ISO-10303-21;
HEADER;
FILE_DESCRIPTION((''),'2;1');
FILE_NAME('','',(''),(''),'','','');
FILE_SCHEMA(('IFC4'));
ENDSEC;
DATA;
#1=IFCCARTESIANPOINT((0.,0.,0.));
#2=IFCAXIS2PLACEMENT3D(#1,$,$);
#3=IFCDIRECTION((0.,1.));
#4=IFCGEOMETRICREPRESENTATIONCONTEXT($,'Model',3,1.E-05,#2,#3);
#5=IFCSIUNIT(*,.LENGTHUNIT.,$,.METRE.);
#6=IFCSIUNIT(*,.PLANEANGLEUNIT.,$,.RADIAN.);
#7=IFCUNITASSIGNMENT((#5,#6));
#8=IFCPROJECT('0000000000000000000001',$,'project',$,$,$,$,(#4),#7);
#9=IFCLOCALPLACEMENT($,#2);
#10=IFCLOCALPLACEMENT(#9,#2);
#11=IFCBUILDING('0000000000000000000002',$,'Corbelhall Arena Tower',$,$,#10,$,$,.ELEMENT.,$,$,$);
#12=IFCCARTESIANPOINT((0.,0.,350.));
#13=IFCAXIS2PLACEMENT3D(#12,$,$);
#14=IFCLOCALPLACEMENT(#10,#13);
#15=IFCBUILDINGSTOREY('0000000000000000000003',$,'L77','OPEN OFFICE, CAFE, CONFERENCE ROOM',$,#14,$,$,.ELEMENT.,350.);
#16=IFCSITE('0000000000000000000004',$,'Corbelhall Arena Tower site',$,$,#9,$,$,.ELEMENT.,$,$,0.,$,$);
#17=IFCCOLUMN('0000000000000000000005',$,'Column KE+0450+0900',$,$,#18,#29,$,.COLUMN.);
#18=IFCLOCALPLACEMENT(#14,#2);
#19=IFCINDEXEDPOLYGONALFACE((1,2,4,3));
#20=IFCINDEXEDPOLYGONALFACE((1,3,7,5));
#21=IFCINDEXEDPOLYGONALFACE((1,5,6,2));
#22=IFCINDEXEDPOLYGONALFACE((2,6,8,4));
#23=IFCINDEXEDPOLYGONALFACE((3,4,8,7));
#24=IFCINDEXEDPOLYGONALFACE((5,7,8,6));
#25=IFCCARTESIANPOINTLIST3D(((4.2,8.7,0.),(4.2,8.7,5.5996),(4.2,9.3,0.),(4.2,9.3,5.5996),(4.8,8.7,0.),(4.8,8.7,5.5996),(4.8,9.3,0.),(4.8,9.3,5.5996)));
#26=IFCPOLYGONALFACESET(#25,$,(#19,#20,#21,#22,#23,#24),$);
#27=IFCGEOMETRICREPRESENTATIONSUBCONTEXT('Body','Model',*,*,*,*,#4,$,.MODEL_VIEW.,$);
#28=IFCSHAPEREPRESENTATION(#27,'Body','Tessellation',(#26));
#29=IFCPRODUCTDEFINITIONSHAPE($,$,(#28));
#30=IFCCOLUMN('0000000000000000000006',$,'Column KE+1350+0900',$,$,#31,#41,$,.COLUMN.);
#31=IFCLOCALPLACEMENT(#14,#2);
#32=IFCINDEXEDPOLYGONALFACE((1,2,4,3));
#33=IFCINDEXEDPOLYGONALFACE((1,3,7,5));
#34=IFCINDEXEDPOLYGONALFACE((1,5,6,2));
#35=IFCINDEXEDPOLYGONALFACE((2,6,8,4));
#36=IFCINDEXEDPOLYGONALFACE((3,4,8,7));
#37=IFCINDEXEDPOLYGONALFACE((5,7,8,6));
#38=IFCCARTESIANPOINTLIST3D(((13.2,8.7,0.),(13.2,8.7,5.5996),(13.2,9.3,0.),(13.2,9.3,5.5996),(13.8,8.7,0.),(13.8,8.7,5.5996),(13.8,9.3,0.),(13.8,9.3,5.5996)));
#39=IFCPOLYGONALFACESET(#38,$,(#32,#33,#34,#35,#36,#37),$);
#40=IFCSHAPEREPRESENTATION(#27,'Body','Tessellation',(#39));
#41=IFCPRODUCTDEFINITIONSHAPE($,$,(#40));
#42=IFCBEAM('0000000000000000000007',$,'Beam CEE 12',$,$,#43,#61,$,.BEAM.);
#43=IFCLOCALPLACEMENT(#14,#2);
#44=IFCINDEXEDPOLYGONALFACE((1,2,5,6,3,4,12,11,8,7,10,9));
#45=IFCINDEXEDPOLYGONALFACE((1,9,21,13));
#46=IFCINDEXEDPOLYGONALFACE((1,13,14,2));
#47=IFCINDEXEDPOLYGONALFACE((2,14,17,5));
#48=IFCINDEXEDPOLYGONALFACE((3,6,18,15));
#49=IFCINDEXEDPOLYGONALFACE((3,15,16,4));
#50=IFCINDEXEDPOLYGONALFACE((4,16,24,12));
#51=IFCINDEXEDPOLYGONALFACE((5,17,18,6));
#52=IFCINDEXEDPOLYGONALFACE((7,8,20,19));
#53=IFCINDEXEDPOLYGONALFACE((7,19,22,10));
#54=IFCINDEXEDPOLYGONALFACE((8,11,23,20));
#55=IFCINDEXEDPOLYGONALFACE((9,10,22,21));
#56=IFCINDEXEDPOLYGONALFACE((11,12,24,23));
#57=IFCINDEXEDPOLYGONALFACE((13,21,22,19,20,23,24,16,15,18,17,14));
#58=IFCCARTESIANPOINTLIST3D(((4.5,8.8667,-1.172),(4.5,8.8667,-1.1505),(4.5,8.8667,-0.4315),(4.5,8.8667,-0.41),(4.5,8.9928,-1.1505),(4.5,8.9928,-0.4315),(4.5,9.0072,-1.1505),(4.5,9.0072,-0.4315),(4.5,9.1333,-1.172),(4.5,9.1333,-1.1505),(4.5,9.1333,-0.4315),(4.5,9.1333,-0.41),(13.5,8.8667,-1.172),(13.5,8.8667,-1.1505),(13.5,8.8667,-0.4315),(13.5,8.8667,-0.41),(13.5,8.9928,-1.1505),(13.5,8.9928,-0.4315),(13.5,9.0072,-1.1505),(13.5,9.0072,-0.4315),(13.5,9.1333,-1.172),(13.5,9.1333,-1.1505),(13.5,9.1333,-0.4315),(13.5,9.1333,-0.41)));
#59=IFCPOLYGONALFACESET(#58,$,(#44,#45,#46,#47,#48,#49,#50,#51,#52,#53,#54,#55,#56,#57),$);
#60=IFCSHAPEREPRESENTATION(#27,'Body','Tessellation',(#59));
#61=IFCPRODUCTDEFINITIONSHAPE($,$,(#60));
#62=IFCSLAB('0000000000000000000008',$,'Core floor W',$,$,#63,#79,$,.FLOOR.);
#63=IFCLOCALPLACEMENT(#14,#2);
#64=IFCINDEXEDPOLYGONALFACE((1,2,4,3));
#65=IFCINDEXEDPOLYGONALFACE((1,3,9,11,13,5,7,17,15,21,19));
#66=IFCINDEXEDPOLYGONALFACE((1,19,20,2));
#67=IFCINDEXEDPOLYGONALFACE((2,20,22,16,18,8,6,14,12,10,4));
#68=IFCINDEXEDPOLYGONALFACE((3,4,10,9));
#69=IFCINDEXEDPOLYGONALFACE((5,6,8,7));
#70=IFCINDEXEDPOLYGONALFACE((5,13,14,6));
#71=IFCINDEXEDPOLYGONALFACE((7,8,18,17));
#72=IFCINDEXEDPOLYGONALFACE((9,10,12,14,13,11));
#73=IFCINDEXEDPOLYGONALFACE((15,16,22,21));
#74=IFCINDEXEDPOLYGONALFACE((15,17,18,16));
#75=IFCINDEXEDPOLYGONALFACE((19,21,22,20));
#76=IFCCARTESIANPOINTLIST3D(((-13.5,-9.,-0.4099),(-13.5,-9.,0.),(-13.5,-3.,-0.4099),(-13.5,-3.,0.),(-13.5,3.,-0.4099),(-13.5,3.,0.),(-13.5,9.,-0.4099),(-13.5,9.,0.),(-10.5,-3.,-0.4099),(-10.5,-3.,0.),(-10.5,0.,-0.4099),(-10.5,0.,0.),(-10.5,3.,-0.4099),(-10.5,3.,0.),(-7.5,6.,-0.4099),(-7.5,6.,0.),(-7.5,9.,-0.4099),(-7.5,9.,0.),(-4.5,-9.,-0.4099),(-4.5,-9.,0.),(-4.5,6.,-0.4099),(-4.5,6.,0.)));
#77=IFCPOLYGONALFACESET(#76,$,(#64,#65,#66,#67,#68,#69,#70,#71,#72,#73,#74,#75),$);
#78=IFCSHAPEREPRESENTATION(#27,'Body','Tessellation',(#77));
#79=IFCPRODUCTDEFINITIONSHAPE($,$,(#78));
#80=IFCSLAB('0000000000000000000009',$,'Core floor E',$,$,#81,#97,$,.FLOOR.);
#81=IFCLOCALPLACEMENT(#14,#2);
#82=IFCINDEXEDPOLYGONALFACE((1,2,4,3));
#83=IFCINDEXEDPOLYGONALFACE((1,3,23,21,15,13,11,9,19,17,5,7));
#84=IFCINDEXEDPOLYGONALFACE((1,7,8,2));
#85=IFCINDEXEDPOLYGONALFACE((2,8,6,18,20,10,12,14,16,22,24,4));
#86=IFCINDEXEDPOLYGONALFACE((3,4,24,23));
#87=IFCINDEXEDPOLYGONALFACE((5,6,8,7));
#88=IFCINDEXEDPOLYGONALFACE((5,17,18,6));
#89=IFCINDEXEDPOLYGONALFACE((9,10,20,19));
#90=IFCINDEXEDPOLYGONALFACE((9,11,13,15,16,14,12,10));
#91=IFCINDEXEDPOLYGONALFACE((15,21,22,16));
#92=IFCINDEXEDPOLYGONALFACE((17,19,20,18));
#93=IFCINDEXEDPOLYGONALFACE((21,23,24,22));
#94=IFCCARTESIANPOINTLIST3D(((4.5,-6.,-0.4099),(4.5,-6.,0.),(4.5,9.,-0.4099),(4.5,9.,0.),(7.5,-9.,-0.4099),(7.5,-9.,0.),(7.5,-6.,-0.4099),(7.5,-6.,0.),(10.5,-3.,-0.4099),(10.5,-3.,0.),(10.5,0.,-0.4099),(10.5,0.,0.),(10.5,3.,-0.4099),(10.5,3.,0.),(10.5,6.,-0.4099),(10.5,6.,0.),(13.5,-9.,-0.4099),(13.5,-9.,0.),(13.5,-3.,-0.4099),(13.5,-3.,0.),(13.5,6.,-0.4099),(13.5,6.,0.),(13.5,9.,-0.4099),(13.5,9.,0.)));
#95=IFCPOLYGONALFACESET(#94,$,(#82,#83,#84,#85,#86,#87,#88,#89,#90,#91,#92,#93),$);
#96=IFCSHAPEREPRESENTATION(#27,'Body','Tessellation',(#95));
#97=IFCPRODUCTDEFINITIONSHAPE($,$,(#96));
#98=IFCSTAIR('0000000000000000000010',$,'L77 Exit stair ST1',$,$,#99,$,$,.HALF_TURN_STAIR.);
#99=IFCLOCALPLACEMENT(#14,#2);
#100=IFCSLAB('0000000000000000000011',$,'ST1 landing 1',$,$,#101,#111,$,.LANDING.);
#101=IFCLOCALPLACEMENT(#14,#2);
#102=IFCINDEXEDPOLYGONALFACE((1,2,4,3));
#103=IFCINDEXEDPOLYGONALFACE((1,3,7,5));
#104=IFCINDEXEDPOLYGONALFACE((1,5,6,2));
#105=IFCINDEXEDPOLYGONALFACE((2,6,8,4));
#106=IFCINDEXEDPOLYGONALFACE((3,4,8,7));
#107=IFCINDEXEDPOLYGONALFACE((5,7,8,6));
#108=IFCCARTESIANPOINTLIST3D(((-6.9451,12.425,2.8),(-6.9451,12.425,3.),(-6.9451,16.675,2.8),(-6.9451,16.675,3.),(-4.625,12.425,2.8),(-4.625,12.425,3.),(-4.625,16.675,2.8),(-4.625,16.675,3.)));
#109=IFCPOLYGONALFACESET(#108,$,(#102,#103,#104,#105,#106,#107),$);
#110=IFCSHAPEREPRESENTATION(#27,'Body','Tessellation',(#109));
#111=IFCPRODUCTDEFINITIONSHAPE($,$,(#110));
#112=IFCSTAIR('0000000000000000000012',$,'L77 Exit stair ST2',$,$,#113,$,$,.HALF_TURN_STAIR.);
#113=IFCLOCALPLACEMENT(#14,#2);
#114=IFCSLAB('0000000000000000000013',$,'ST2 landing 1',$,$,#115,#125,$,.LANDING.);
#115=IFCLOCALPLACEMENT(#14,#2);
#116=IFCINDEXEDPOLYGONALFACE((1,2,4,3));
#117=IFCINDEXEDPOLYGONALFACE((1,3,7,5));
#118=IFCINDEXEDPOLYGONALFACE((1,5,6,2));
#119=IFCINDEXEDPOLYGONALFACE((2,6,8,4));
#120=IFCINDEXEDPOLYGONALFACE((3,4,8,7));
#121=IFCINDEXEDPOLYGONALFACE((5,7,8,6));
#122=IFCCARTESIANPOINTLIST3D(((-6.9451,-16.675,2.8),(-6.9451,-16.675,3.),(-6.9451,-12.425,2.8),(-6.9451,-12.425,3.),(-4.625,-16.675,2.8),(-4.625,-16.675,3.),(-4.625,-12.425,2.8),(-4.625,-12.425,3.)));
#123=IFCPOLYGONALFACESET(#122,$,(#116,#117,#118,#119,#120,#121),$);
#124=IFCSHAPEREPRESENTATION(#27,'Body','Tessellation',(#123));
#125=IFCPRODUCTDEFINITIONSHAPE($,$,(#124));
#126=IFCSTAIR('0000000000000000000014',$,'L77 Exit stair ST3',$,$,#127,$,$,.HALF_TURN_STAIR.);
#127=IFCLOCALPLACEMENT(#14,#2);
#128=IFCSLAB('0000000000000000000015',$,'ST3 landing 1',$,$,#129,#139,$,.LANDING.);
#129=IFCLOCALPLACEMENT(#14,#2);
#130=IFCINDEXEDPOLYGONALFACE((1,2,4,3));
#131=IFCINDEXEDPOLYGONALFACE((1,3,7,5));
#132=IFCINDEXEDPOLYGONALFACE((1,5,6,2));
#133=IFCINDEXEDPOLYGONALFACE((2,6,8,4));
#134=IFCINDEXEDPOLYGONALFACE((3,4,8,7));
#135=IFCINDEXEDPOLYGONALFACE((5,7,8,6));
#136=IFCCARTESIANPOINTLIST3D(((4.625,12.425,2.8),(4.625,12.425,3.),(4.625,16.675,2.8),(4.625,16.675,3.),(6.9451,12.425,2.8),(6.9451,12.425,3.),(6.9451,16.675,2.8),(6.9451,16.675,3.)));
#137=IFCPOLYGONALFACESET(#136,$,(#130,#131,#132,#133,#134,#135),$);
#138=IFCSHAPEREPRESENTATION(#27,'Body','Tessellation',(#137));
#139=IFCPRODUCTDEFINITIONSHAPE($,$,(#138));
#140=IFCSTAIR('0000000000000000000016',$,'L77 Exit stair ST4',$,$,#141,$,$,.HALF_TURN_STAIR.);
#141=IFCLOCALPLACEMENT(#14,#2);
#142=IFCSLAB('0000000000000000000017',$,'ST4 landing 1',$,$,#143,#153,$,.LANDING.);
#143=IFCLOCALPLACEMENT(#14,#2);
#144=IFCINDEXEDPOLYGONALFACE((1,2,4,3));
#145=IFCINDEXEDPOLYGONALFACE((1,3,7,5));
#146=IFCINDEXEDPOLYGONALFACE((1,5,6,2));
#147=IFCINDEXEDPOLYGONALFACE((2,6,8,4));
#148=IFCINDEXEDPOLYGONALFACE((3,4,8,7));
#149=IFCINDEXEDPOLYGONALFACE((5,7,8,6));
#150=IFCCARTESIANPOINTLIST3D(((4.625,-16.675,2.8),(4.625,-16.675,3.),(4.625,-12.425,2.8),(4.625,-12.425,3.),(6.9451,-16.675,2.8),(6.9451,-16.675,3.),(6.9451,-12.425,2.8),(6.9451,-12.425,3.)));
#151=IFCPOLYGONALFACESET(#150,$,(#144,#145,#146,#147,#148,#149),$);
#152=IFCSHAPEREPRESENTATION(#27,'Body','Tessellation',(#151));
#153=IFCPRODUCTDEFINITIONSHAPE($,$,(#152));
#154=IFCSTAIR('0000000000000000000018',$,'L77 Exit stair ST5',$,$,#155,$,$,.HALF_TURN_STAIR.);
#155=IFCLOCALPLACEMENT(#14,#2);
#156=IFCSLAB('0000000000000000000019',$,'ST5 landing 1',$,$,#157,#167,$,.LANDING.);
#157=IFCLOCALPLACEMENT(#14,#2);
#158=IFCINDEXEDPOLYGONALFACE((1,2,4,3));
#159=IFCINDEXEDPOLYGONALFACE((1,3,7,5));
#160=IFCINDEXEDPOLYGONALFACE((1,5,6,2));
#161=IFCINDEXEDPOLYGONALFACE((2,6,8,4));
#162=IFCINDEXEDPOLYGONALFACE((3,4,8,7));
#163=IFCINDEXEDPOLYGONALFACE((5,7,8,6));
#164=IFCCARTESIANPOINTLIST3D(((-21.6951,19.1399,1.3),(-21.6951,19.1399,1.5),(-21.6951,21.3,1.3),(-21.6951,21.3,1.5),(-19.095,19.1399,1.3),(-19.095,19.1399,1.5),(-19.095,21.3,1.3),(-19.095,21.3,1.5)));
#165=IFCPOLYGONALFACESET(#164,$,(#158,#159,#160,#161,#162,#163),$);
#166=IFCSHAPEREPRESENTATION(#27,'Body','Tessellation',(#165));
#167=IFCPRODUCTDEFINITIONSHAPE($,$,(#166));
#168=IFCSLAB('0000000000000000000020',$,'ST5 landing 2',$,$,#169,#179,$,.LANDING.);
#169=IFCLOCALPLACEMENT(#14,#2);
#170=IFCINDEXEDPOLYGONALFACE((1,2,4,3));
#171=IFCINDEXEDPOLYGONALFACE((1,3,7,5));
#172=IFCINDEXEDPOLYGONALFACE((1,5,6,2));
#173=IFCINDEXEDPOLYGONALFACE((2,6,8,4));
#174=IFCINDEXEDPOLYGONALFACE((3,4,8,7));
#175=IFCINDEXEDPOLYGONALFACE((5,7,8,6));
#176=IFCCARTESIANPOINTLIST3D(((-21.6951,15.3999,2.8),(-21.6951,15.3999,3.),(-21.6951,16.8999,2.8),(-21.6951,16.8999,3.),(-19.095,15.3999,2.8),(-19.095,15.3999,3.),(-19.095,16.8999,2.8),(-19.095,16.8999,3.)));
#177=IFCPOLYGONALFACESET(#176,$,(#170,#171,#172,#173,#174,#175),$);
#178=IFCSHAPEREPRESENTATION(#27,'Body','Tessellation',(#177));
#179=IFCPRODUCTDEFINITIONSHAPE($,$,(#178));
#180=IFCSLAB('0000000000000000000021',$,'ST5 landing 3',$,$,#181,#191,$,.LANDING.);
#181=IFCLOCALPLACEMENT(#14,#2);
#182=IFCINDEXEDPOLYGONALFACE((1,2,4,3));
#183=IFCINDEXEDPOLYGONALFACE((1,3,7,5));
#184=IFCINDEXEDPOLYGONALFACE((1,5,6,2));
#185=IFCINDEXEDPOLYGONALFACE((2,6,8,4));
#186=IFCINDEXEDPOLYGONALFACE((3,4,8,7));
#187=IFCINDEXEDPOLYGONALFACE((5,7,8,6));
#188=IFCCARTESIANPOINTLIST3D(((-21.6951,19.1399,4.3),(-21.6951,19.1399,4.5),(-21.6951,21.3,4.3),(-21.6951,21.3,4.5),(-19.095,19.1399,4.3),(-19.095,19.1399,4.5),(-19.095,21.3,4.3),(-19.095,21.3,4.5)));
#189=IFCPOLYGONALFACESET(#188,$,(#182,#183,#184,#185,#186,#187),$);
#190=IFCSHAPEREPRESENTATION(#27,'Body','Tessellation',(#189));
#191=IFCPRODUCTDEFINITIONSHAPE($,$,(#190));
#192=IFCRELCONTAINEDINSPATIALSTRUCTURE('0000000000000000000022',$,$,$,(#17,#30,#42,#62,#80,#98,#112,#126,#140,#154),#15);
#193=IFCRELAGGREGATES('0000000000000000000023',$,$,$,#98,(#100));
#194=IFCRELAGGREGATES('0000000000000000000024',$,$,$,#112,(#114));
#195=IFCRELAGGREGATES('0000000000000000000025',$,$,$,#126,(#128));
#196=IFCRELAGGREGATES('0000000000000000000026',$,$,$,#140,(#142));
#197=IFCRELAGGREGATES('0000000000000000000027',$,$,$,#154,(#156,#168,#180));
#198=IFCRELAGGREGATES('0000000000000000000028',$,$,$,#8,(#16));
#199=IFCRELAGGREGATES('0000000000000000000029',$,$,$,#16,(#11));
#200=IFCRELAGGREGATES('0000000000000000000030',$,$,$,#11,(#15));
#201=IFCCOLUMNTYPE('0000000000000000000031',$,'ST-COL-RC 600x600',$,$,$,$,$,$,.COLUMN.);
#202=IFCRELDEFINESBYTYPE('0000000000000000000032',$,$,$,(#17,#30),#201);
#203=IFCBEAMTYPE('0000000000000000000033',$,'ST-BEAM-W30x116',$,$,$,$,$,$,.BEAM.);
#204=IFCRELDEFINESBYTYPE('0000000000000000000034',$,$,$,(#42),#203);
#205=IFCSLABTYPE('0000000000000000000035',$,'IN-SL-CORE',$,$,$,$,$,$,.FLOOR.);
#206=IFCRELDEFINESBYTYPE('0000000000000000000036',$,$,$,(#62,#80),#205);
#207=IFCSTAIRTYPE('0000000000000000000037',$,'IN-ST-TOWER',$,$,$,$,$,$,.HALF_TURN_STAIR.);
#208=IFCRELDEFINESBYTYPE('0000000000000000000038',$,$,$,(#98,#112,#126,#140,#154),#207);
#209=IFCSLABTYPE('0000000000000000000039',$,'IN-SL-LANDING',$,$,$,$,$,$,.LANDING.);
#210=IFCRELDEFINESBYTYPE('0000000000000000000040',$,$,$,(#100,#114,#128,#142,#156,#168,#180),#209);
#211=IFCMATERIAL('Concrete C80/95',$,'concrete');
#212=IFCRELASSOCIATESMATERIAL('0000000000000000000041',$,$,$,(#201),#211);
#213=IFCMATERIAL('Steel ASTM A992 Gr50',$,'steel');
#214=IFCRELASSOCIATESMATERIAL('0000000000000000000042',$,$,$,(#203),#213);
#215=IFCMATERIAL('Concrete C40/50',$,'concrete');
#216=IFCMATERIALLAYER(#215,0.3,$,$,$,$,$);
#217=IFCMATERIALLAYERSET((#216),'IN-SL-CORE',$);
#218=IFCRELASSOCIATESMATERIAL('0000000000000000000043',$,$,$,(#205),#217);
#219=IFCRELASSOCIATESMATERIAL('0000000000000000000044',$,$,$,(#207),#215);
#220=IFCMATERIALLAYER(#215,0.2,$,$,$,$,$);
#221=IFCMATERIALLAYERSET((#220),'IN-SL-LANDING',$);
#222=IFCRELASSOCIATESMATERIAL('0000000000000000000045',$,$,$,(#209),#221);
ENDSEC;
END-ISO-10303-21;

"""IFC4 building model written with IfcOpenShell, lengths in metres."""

from ifc_helpers import new_model, si_unit, direction, frame, origin, origin_2d, place, context, subcontext, project, spatial, polyline, rectangle, i_section, outline, extrude, material, layer, layer_set, material_profile, profile_set, type_object, element, aggregate, save


model = new_model("IFC4")

# Units and contexts
model_context = context("Model", 3, precision=1e-05, world=origin(), true_north=direction((0.0, 1.0)))
body_context = subcontext(model_context, "Body", "Model", "MODEL_VIEW")
ifc_project = project(units=[si_unit("LENGTHUNIT", "METRE"), si_unit("PLANEANGLEUNIT", "RADIAN")], contexts=[model_context])

# Site, building, storey
site_placement = place(None, origin())
site = spatial("IfcSite", under=ifc_project, at=site_placement, Name="Corbelhall Arena Tower site", CompositionType="ELEMENT", RefElevation=0.0)
building_placement = place(site_placement, origin())
building = spatial("IfcBuilding", under=site, at=building_placement, Name="Corbelhall Arena Tower", CompositionType="ELEMENT")
storey_placement = place(building_placement, frame((0.0, 0.0, 350.0)))
storey = spatial("IfcBuildingStorey", under=building, at=storey_placement, Name="L77", Description="OPEN OFFICE, CAFE, CONFERENCE ROOM", CompositionType="ELEMENT", Elevation=350.0)

# Columns
ifc_material_1 = material(Name="Concrete C80/95", Category="concrete")
ifc_material_profile_1 = material_profile(ifc_material_1, rectangle(XDim=0.6001, YDim=0.6001, at=origin_2d()))
ifc_profile_set_1 = profile_set([ifc_material_profile_1], Name="Concrete C80/95")
column_type = type_object("IfcColumnType", Name="ST-COL-RC 600x600", PredefinedType="COLUMN", material=ifc_profile_set_1)
for number, where, z_axis, x_axis, name in (
    (1, (4.5, 9.0, 0.0), (0.0, 0.0, 1.0), (1.0, 0.0, 0.0), "Column KE+0450+0900"),
    (2, (13.5, 9.0, 0.0), (0.0, 0.0, 1.0), (1.0, 0.0, 0.0), "Column KE+1350+0900"),
):
    element("IfcColumn", number, at=place(storey_placement, frame(where, z_axis=z_axis, x_axis=x_axis)), inside=storey, type_object=column_type, Name=name, PredefinedType="COLUMN", context=body_context, shape_type="SweptSolid", body=[
        extrude(rectangle(XDim=0.6001, YDim=0.6001, at=origin_2d()), origin(), (0.0, 0.0, 1.0), 5.5996),
    ])

# Beam
ifc_material_2 = material(Name="Steel ASTM A992 Gr50", Category="steel")
ifc_material_profile_2 = material_profile(ifc_material_2, i_section(OverallWidth=0.2666, OverallDepth=0.762, WebThickness=0.0144, FlangeThickness=0.0215, at=origin_2d()))
ifc_profile_set_2 = profile_set([ifc_material_profile_2], Name="Steel ASTM A992 Gr50")
beam_type = type_object("IfcBeamType", Name="ST-BEAM-W30x116", PredefinedType="BEAM", material=ifc_profile_set_2)
beam_placement = place(storey_placement, frame((4.5, 9.0, -0.791), z_axis=(1.0, 0.0, 0.0), x_axis=(0.0, 1.0, 0.0)))
element("IfcBeam", 3, at=beam_placement, inside=storey, type_object=beam_type, Name="Beam CEE 12", PredefinedType="BEAM", context=body_context, shape_type="SweptSolid", body=[
    extrude(i_section(OverallWidth=0.2666, OverallDepth=0.762, WebThickness=0.0144, FlangeThickness=0.0215, at=origin_2d()), origin(), (0.0, 0.0, 1.0), 9.0),
])

# Slabs
ifc_material_3 = material(Name="Concrete C40/50", Category="concrete")
ifc_layer_1 = layer(ifc_material_3, 0.3)
ifc_layer_set_1 = layer_set([ifc_layer_1], Name="IN-SL-CORE")
slab_type_1 = type_object("IfcSlabType", Name="IN-SL-CORE", PredefinedType="FLOOR", material=ifc_layer_set_1)
slab_1_placement = place(storey_placement, frame((0.0, 0.0, -0.4099)))
element("IfcSlab", 4, at=slab_1_placement, inside=storey, type_object=slab_type_1, Name="Core floor W", PredefinedType="FLOOR", context=body_context, shape_type="SweptSolid", body=[
    extrude(outline(polyline([(-13.5, -3.0), (-13.5, -9.0), (-4.5, -9.0), (-4.5, 6.0), (-7.5, 6.0), (-7.5, 9.0), (-13.5, 9.0), (-13.5, 3.0), (-10.5, 3.0), (-10.5, 0.0), (-10.5, -3.0), (-13.5, -3.0)])), origin(), (0.0, 0.0, 1.0), 0.4099),
])
slab_2_placement = place(storey_placement, frame((0.0, 0.0, -0.4099)))
element("IfcSlab", 5, at=slab_2_placement, inside=storey, type_object=slab_type_1, Name="Core floor E", PredefinedType="FLOOR", context=body_context, shape_type="SweptSolid", body=[
    extrude(outline(polyline([(10.5, 0.0), (10.5, 3.0), (10.5, 6.0), (13.5, 6.0), (13.5, 9.0), (4.5, 9.0), (4.5, -6.0), (7.5, -6.0), (7.5, -9.0), (13.5, -9.0), (13.5, -3.0), (10.5, -3.0), (10.5, 0.0)])), origin(), (0.0, 0.0, 1.0), 0.4099),
])

# Stairs, slabs
stair_type = type_object("IfcStairType", Name="IN-ST-TOWER", PredefinedType="HALF_TURN_STAIR", material=ifc_material_3)
stair_1_placement = place(storey_placement, origin())
stair_1 = element("IfcStair", 6, at=stair_1_placement, inside=storey, type_object=stair_type, Name="L77 Exit stair ST1", PredefinedType="HALF_TURN_STAIR")
ifc_layer_2 = layer(ifc_material_3, 0.2)
ifc_layer_set_2 = layer_set([ifc_layer_2], Name="IN-SL-LANDING")
slab_type_2 = type_object("IfcSlabType", Name="IN-SL-LANDING", PredefinedType="LANDING", material=ifc_layer_set_2)
slab_3_placement = place(storey_placement, frame((0.0, 0.0, 2.8)))
slab_3 = element("IfcSlab", 7, at=slab_3_placement, type_object=slab_type_2, Name="ST1 landing 1", PredefinedType="LANDING", context=body_context, shape_type="SweptSolid", body=[
    extrude(outline(polyline([(-6.9451, 12.425), (-4.625, 12.425), (-4.625, 16.675), (-6.9451, 16.675), (-6.9451, 12.425)])), origin(), (0.0, 0.0, 1.0), 0.2),
])
aggregate(stair_1, [slab_3])
stair_2_placement = place(storey_placement, origin())
stair_2 = element("IfcStair", 8, at=stair_2_placement, inside=storey, type_object=stair_type, Name="L77 Exit stair ST2", PredefinedType="HALF_TURN_STAIR")
slab_4_placement = place(storey_placement, frame((0.0, 0.0, 2.8)))
slab_4 = element("IfcSlab", 9, at=slab_4_placement, type_object=slab_type_2, Name="ST2 landing 1", PredefinedType="LANDING", context=body_context, shape_type="SweptSolid", body=[
    extrude(outline(polyline([(-6.9451, -16.675), (-4.625, -16.675), (-4.625, -12.425), (-6.9451, -12.425), (-6.9451, -16.675)])), origin(), (0.0, 0.0, 1.0), 0.2),
])
aggregate(stair_2, [slab_4])
stair_3_placement = place(storey_placement, origin())
stair_3 = element("IfcStair", 10, at=stair_3_placement, inside=storey, type_object=stair_type, Name="L77 Exit stair ST3", PredefinedType="HALF_TURN_STAIR")
slab_5_placement = place(storey_placement, frame((0.0, 0.0, 2.8)))
slab_5 = element("IfcSlab", 11, at=slab_5_placement, type_object=slab_type_2, Name="ST3 landing 1", PredefinedType="LANDING", context=body_context, shape_type="SweptSolid", body=[
    extrude(outline(polyline([(6.9451, 16.675), (4.625, 16.675), (4.625, 12.425), (6.9451, 12.425), (6.9451, 16.675)])), origin(), (0.0, 0.0, 1.0), 0.2),
])
aggregate(stair_3, [slab_5])
stair_4_placement = place(storey_placement, origin())
stair_4 = element("IfcStair", 12, at=stair_4_placement, inside=storey, type_object=stair_type, Name="L77 Exit stair ST4", PredefinedType="HALF_TURN_STAIR")
slab_6_placement = place(storey_placement, frame((0.0, 0.0, 2.8)))
slab_6 = element("IfcSlab", 13, at=slab_6_placement, type_object=slab_type_2, Name="ST4 landing 1", PredefinedType="LANDING", context=body_context, shape_type="SweptSolid", body=[
    extrude(outline(polyline([(6.9451, -12.425), (4.625, -12.425), (4.625, -16.675), (6.9451, -16.675), (6.9451, -12.425)])), origin(), (0.0, 0.0, 1.0), 0.2),
])
aggregate(stair_4, [slab_6])

# Stair, slabs
stair_5_placement = place(storey_placement, origin())
stair_5 = element("IfcStair", 14, at=stair_5_placement, inside=storey, type_object=stair_type, Name="L77 Exit stair ST5", PredefinedType="HALF_TURN_STAIR")
slab_7_placement = place(storey_placement, frame((0.0, 0.0, 1.3)))
slab_7 = element("IfcSlab", 15, at=slab_7_placement, type_object=slab_type_2, Name="ST5 landing 1", PredefinedType="LANDING", context=body_context, shape_type="SweptSolid", body=[
    extrude(outline(polyline([(-19.095, 19.1399), (-19.095, 21.3), (-21.6951, 21.3), (-21.6951, 19.1399), (-19.095, 19.1399)])), origin(), (0.0, 0.0, 1.0), 0.2),
])
slab_8_placement = place(storey_placement, frame((0.0, 0.0, 2.8)))
slab_8 = element("IfcSlab", 16, at=slab_8_placement, type_object=slab_type_2, Name="ST5 landing 2", PredefinedType="LANDING", context=body_context, shape_type="SweptSolid", body=[
    extrude(outline(polyline([(-19.095, 15.3999), (-19.095, 16.8999), (-21.6951, 16.8999), (-21.6951, 15.3999), (-19.095, 15.3999)])), origin(), (0.0, 0.0, 1.0), 0.2),
])
slab_9_placement = place(storey_placement, frame((0.0, 0.0, 4.3)))
slab_9 = element("IfcSlab", 17, at=slab_9_placement, type_object=slab_type_2, Name="ST5 landing 3", PredefinedType="LANDING", context=body_context, shape_type="SweptSolid", body=[
    extrude(outline(polyline([(-19.095, 19.1399), (-19.095, 21.3), (-21.6951, 21.3), (-21.6951, 19.1399), (-19.095, 19.1399)])), origin(), (0.0, 0.0, 1.0), 0.2),
])
aggregate(stair_5, [slab_7, slab_8, slab_9])

save(model, "model.ifc")
